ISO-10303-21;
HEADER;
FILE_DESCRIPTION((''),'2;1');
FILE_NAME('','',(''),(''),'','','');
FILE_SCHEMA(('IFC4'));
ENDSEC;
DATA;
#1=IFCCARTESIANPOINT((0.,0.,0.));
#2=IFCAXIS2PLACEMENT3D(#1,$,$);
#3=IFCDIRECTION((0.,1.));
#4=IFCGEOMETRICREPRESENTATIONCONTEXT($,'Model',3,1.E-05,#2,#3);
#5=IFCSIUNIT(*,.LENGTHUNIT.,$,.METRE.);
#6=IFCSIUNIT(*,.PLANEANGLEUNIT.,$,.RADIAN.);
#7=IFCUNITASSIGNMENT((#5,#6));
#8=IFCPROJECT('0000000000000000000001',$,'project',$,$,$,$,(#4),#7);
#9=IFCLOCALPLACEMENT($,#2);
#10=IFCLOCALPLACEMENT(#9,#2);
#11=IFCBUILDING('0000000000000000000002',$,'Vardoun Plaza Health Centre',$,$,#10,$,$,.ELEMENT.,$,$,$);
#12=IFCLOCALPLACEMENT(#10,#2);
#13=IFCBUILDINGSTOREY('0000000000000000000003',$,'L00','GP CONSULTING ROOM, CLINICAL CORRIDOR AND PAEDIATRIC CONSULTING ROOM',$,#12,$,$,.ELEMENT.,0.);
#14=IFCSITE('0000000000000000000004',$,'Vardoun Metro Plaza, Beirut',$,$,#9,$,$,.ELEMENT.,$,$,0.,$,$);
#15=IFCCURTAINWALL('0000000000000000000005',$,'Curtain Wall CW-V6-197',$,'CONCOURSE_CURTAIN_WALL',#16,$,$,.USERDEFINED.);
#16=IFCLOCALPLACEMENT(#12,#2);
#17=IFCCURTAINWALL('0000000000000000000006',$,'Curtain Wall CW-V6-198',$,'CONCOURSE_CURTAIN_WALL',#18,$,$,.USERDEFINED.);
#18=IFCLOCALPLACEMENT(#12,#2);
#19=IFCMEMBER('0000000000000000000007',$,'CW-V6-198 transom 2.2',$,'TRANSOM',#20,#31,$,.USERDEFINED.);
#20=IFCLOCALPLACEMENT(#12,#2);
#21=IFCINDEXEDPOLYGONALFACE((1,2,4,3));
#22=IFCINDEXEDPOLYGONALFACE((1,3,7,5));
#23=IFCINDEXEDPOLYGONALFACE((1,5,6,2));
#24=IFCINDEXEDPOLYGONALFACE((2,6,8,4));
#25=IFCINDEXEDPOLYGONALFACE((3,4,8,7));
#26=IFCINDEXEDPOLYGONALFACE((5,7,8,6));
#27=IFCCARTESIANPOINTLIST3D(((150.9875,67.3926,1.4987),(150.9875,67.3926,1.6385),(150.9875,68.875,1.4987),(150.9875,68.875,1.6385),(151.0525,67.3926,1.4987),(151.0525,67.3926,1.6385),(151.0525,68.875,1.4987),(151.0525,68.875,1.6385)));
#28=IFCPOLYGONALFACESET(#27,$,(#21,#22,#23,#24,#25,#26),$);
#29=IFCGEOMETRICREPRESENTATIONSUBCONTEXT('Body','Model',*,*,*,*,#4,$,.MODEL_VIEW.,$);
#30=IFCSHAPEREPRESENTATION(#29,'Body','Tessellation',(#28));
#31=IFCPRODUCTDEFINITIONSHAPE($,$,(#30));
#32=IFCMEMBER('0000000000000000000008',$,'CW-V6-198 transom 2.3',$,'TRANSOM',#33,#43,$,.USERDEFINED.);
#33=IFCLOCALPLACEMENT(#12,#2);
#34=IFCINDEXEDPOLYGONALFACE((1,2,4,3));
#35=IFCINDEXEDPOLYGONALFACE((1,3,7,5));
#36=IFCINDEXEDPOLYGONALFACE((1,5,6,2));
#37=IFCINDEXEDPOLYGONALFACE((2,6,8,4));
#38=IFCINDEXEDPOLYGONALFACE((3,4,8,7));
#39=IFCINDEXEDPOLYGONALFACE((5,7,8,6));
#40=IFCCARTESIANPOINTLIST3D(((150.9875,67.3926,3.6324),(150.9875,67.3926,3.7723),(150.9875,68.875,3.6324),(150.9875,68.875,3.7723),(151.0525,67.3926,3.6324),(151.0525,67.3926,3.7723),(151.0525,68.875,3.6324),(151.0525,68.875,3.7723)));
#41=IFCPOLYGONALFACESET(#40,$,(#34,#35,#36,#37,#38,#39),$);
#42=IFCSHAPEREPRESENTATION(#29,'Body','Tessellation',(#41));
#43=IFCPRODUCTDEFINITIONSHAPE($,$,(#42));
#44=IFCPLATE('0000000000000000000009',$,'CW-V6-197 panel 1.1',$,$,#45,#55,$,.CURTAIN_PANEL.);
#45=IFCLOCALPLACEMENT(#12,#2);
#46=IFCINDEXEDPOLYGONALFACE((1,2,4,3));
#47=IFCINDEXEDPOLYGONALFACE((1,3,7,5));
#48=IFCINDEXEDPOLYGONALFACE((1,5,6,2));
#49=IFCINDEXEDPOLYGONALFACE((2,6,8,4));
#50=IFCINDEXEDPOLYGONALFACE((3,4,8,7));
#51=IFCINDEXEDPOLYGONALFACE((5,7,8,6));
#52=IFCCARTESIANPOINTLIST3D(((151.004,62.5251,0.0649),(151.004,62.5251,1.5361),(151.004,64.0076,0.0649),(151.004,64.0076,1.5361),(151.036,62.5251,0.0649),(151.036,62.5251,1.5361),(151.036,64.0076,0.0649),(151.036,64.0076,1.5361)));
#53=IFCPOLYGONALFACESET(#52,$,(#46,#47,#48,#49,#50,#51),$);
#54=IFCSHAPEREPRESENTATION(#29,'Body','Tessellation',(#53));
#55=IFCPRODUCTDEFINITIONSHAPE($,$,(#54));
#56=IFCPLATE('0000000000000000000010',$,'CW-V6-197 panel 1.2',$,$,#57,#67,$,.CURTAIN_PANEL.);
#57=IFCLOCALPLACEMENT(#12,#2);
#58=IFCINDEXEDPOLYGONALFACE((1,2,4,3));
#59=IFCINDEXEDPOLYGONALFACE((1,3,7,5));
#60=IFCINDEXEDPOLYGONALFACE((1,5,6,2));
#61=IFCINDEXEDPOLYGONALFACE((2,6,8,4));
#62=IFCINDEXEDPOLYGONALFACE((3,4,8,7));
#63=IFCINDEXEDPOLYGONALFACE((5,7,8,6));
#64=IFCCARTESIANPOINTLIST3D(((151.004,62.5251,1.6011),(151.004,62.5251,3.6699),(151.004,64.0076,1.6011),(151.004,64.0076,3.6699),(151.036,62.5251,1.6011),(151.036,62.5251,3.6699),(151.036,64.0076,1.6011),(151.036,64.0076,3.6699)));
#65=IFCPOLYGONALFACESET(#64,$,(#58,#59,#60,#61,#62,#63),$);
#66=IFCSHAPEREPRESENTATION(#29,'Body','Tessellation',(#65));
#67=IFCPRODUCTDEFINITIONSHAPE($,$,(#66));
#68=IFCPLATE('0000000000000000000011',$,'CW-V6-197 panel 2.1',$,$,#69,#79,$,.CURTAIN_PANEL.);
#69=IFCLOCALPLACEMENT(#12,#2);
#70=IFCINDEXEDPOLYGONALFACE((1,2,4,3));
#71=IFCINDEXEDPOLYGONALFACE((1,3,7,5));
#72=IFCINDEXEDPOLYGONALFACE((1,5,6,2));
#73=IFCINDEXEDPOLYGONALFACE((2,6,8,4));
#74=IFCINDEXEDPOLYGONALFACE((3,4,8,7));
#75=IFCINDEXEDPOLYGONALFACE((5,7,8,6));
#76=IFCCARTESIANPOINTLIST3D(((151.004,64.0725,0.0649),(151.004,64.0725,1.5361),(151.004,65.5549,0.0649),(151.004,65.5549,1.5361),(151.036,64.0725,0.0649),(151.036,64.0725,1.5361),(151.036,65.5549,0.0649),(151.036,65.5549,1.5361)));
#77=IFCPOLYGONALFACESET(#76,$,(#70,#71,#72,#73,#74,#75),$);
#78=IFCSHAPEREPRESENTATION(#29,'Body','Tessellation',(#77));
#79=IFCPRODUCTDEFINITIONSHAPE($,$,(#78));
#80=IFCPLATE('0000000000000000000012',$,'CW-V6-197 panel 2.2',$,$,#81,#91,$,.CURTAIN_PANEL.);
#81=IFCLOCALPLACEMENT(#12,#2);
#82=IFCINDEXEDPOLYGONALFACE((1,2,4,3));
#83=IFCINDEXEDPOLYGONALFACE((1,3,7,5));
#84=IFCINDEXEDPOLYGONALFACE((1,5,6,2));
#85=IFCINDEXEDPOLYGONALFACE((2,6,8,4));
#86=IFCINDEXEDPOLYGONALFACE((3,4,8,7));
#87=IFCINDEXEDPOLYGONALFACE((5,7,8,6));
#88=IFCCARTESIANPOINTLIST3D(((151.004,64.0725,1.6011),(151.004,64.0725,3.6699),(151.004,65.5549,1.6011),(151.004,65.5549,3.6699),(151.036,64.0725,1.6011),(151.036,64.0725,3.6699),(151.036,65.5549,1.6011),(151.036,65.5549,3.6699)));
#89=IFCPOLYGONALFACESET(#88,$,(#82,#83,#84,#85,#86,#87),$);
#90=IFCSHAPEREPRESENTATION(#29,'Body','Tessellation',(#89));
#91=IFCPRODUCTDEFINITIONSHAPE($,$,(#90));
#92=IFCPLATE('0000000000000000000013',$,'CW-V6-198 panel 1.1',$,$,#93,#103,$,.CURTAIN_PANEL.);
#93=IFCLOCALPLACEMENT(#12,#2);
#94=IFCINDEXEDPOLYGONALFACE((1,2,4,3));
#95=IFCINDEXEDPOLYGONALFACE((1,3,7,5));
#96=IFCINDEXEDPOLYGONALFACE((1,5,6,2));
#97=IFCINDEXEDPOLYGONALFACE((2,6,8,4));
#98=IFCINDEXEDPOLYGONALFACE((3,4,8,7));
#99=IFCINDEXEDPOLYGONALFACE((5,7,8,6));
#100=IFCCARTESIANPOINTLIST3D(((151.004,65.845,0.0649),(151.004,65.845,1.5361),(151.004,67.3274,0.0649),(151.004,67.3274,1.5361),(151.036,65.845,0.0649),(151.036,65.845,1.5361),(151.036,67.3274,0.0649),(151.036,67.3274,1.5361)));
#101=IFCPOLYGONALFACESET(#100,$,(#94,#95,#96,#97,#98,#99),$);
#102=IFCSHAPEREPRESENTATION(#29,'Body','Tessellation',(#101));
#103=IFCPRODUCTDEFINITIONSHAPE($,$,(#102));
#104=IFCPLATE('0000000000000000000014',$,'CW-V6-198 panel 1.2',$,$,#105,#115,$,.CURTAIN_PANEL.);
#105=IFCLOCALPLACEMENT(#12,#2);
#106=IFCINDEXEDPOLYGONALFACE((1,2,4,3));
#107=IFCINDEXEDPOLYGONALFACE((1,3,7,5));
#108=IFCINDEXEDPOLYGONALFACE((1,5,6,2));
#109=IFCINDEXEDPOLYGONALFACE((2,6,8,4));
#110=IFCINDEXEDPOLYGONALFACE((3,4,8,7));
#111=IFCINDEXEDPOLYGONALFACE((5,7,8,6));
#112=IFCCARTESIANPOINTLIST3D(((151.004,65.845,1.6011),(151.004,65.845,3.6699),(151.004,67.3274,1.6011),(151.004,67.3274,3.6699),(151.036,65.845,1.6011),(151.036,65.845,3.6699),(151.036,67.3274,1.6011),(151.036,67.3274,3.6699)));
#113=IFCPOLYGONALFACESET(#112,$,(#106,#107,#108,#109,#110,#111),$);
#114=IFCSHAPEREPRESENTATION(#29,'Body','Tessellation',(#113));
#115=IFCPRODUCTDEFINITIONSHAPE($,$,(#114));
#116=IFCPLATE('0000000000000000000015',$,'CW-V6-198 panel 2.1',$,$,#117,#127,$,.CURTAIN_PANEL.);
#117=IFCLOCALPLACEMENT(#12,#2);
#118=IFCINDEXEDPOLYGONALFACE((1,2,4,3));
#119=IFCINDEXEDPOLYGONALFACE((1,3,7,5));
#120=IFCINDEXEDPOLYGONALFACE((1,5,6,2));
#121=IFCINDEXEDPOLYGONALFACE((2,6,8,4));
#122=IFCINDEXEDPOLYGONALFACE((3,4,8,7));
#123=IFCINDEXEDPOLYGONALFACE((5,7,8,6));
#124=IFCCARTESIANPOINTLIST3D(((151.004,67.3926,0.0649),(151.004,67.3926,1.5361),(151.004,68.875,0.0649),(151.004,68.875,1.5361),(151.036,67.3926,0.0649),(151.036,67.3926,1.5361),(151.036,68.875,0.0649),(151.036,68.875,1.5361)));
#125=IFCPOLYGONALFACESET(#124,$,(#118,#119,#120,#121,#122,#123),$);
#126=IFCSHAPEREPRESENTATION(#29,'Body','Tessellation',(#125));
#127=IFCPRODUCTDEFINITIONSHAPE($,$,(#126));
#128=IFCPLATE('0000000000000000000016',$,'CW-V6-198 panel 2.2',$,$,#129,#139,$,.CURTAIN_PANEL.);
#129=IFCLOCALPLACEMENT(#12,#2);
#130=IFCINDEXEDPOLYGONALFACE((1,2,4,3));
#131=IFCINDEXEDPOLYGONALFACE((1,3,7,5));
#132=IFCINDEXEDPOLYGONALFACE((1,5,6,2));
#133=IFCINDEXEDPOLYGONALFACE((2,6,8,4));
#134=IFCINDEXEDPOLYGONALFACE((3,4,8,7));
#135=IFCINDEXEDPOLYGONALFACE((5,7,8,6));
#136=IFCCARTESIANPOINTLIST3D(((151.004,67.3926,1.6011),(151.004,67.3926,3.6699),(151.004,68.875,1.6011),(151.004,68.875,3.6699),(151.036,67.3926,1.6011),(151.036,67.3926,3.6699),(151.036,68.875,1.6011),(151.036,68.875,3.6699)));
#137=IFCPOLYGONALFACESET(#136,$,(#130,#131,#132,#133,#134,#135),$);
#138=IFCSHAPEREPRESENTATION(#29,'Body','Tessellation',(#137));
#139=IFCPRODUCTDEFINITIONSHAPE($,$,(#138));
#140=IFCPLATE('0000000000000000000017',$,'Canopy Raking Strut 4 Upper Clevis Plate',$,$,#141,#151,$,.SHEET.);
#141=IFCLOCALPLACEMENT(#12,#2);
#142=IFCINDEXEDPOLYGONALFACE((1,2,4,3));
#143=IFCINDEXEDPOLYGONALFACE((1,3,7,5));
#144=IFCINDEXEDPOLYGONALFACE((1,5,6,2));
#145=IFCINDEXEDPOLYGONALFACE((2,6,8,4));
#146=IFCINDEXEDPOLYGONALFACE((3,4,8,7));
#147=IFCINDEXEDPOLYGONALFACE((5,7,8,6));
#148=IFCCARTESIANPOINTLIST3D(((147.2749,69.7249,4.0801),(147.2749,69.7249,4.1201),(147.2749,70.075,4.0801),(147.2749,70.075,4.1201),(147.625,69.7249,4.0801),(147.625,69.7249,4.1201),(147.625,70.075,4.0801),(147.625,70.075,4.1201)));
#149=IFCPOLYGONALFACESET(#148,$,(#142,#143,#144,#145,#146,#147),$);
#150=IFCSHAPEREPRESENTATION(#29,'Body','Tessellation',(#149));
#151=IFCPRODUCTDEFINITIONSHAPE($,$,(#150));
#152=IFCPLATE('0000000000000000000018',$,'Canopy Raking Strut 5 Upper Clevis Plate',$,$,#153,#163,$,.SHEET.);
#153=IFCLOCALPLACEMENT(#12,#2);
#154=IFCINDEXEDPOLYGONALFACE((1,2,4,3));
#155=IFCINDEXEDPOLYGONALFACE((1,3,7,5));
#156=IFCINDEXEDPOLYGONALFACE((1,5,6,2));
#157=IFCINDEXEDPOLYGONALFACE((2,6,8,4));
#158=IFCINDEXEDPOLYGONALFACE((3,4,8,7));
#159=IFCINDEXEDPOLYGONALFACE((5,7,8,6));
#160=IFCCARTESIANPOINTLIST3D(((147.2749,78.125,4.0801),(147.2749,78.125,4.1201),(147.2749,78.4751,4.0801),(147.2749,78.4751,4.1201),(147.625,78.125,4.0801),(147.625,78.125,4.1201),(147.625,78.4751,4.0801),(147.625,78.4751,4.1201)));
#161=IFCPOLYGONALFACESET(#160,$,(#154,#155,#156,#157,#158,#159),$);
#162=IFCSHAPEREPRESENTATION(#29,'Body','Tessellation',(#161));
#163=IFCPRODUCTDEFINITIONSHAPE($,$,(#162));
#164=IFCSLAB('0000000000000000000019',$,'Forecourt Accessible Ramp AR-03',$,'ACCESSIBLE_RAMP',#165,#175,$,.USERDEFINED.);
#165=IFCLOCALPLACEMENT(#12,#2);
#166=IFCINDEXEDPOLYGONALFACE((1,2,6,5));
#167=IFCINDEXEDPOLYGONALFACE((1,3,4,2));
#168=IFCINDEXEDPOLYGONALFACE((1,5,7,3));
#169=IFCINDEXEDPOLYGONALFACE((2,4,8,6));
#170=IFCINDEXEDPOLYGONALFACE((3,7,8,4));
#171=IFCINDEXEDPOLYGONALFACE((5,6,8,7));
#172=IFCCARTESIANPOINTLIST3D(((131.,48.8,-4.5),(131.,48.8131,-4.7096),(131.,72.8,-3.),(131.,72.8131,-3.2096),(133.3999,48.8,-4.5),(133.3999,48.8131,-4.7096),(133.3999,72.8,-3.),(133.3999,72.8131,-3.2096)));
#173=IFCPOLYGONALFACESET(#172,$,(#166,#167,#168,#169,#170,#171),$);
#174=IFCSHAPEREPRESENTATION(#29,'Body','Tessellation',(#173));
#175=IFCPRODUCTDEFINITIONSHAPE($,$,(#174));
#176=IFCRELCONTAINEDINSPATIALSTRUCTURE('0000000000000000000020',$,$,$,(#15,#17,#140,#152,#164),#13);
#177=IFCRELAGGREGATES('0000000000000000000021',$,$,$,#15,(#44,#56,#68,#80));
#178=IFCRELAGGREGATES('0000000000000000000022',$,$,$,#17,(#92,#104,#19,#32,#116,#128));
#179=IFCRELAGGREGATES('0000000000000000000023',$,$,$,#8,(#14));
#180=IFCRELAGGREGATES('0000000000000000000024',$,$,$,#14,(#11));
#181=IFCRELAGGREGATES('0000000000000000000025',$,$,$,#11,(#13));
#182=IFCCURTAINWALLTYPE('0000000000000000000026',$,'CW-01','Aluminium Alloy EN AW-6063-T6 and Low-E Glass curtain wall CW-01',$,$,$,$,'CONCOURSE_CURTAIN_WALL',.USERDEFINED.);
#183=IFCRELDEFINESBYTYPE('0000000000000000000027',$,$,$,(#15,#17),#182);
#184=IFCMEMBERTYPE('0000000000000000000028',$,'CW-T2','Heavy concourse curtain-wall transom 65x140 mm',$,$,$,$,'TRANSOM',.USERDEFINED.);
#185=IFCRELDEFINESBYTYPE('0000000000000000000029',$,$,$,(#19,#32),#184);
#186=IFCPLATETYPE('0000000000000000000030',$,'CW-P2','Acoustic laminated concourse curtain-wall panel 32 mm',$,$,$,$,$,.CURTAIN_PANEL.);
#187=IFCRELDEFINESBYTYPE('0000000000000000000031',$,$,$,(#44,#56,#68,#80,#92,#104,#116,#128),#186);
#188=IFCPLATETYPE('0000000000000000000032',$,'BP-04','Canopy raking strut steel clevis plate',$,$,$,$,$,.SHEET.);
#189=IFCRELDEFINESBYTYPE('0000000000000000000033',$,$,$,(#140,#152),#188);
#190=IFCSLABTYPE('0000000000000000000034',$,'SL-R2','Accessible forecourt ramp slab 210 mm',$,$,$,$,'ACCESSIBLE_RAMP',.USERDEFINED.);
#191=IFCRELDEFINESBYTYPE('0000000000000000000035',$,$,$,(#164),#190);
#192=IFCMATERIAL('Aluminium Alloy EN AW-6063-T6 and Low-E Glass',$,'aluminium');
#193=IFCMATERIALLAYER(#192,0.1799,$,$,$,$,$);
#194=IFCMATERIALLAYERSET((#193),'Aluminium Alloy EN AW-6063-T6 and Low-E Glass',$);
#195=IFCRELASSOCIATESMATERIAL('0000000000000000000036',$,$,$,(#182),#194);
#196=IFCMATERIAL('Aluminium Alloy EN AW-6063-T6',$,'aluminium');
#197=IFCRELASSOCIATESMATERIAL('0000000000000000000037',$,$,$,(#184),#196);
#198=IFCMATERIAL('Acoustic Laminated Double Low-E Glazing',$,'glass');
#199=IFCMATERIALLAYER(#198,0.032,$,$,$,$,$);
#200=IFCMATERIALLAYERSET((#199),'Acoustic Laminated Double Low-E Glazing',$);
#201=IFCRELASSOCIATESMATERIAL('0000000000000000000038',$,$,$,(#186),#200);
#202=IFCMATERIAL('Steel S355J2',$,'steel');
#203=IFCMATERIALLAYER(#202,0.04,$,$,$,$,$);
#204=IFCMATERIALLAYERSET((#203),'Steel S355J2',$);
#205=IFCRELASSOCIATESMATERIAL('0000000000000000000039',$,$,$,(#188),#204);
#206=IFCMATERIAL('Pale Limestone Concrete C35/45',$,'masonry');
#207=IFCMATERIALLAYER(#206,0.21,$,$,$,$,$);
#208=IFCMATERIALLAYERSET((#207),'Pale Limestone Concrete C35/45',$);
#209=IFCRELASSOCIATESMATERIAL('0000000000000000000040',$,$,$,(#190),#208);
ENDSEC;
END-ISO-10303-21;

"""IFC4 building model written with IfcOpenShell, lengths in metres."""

from ifc_helpers import new_model, si_unit, direction, frame, origin, origin_2d, place, context, subcontext, project, spatial, polyline, rectangle, outline, extrude, material, layer, layer_set, material_profile, profile_set, type_object, element, aggregate, save


model = new_model("IFC4")

# Units and contexts
model_context = context("Model", 3, precision=1e-05, world=origin(), true_north=direction((0.0, 1.0)))
body_context = subcontext(model_context, "Body", "Model", "MODEL_VIEW")
ifc_project = project(units=[si_unit("LENGTHUNIT", "METRE"), si_unit("PLANEANGLEUNIT", "RADIAN")], contexts=[model_context])

# Site, building, storey
site_placement = place(None, origin())
site = spatial("IfcSite", under=ifc_project, at=site_placement, Name="Vardoun Metro Plaza, Beirut", CompositionType="ELEMENT", RefElevation=0.0)
building_placement = place(site_placement, origin())
building = spatial("IfcBuilding", under=site, at=building_placement, Name="Vardoun Plaza Health Centre", CompositionType="ELEMENT")
storey_placement = place(building_placement, origin())
storey = spatial("IfcBuildingStorey", under=building, at=storey_placement, Name="L00", Description="GP CONSULTING ROOM, CLINICAL CORRIDOR AND PAEDIATRIC CONSULTING ROOM", CompositionType="ELEMENT", Elevation=0.0)

# Curtain walls
ifc_material_1 = material(Name="Aluminium Alloy EN AW-6063-T6 and Low-E Glass", Category="aluminium")
ifc_layer_1 = layer(ifc_material_1, 0.1799)
ifc_layer_set_1 = layer_set([ifc_layer_1], Name="Aluminium Alloy EN AW-6063-T6 and Low-E Glass")
curtain_wall_type = type_object("IfcCurtainWallType", Name="CW-01", Description="Aluminium Alloy EN AW-6063-T6 and Low-E Glass curtain wall CW-01", ElementType="CONCOURSE_CURTAIN_WALL", PredefinedType="USERDEFINED", material=ifc_layer_set_1)
curtain_wall_1_placement = place(storey_placement, origin())
curtain_wall_1 = element("IfcCurtainWall", 1, at=curtain_wall_1_placement, inside=storey, type_object=curtain_wall_type, Name="Curtain Wall CW-V6-197", ObjectType="CONCOURSE_CURTAIN_WALL", PredefinedType="USERDEFINED")
curtain_wall_2_placement = place(storey_placement, origin())
curtain_wall_2 = element("IfcCurtainWall", 2, at=curtain_wall_2_placement, inside=storey, type_object=curtain_wall_type, Name="Curtain Wall CW-V6-198", ObjectType="CONCOURSE_CURTAIN_WALL", PredefinedType="USERDEFINED")

# Members
ifc_material_2 = material(Name="Aluminium Alloy EN AW-6063-T6", Category="aluminium")
ifc_material_profile_1 = material_profile(ifc_material_2, rectangle(XDim=0.0649, YDim=0.1399, at=origin_2d()), Name="CWT 65x140")
ifc_profile_set_1 = profile_set([ifc_material_profile_1], Name="Aluminium Alloy EN AW-6063-T6")
member_type_1 = type_object("IfcMemberType", Name="CW-T2", Description="Heavy concourse curtain-wall transom 65x140 mm", ElementType="TRANSOM", PredefinedType="USERDEFINED", material=ifc_profile_set_1)
member_1_placement = place(storey_placement, frame((151.02, 67.3926, 1.5686), z_axis=(0.0, 1.0, 0.0), x_axis=(-1.0, 0.0, 0.0)))
member_1 = element("IfcMember", 3, at=member_1_placement, type_object=member_type_1, Name="CW-V6-198 transom 2.2", ObjectType="TRANSOM", PredefinedType="USERDEFINED", context=body_context, shape_type="SweptSolid", body=[
    extrude(rectangle(XDim=0.0649, YDim=0.1399, at=origin_2d()), origin(), (0.0, 0.0, 1.0), 1.4824),
])
member_2_placement = place(storey_placement, frame((151.02, 67.3926, 3.7024), z_axis=(0.0, 1.0, 0.0), x_axis=(-1.0, 0.0, 0.0)))
member_2 = element("IfcMember", 4, at=member_2_placement, type_object=member_type_1, Name="CW-V6-198 transom 2.3", ObjectType="TRANSOM", PredefinedType="USERDEFINED", context=body_context, shape_type="SweptSolid", body=[
    extrude(rectangle(XDim=0.0649, YDim=0.1399, at=origin_2d()), origin(), (0.0, 0.0, 1.0), 1.4824),
])

# Plates
ifc_material_3 = material(Name="Acoustic Laminated Double Low-E Glazing", Category="glass")
ifc_layer_2 = layer(ifc_material_3, 0.032)
ifc_layer_set_2 = layer_set([ifc_layer_2], Name="Acoustic Laminated Double Low-E Glazing")
plate_type_1 = type_object("IfcPlateType", Name="CW-P2", Description="Acoustic laminated concourse curtain-wall panel 32 mm", PredefinedType="CURTAIN_PANEL", material=ifc_layer_set_2)
plate_1_placement = place(storey_placement, frame((151.02, 63.2664, 0.0649), z_axis=(0.0, 0.0, 1.0), x_axis=(0.0, 1.0, 0.0)))
plate_1 = element("IfcPlate", 5, at=plate_1_placement, type_object=plate_type_1, Name="CW-V6-197 panel 1.1", PredefinedType="CURTAIN_PANEL", context=body_context, shape_type="SweptSolid", body=[
    extrude(rectangle(XDim=1.4824, YDim=0.032, at=origin_2d()), origin(), (0.0, 0.0, 1.0), 1.4712),
])
plate_2_placement = place(storey_placement, frame((151.02, 63.2664, 1.6011), z_axis=(0.0, 0.0, 1.0), x_axis=(0.0, 1.0, 0.0)))
plate_2 = element("IfcPlate", 6, at=plate_2_placement, type_object=plate_type_1, Name="CW-V6-197 panel 1.2", PredefinedType="CURTAIN_PANEL", context=body_context, shape_type="SweptSolid", body=[
    extrude(rectangle(XDim=1.4824, YDim=0.032, at=origin_2d()), origin(), (0.0, 0.0, 1.0), 2.0688),
])
plate_3_placement = place(storey_placement, frame((151.02, 64.8137, 0.0649), z_axis=(0.0, 0.0, 1.0), x_axis=(0.0, 1.0, 0.0)))
plate_3 = element("IfcPlate", 7, at=plate_3_placement, type_object=plate_type_1, Name="CW-V6-197 panel 2.1", PredefinedType="CURTAIN_PANEL", context=body_context, shape_type="SweptSolid", body=[
    extrude(rectangle(XDim=1.4824, YDim=0.032, at=origin_2d()), origin(), (0.0, 0.0, 1.0), 1.4712),
])
plate_4_placement = place(storey_placement, frame((151.02, 64.8137, 1.6011), z_axis=(0.0, 0.0, 1.0), x_axis=(0.0, 1.0, 0.0)))
plate_4 = element("IfcPlate", 8, at=plate_4_placement, type_object=plate_type_1, Name="CW-V6-197 panel 2.2", PredefinedType="CURTAIN_PANEL", context=body_context, shape_type="SweptSolid", body=[
    extrude(rectangle(XDim=1.4824, YDim=0.032, at=origin_2d()), origin(), (0.0, 0.0, 1.0), 2.0688),
])
aggregate(curtain_wall_1, [plate_1, plate_2, plate_3, plate_4])
plate_5_placement = place(storey_placement, frame((151.02, 66.5862, 0.0649), z_axis=(0.0, 0.0, 1.0), x_axis=(0.0, 1.0, 0.0)))
plate_5 = element("IfcPlate", 9, at=plate_5_placement, type_object=plate_type_1, Name="CW-V6-198 panel 1.1", PredefinedType="CURTAIN_PANEL", context=body_context, shape_type="SweptSolid", body=[
    extrude(rectangle(XDim=1.4824, YDim=0.032, at=origin_2d()), origin(), (0.0, 0.0, 1.0), 1.4712),
])
plate_6_placement = place(storey_placement, frame((151.02, 66.5862, 1.6011), z_axis=(0.0, 0.0, 1.0), x_axis=(0.0, 1.0, 0.0)))
plate_6 = element("IfcPlate", 10, at=plate_6_placement, type_object=plate_type_1, Name="CW-V6-198 panel 1.2", PredefinedType="CURTAIN_PANEL", context=body_context, shape_type="SweptSolid", body=[
    extrude(rectangle(XDim=1.4824, YDim=0.032, at=origin_2d()), origin(), (0.0, 0.0, 1.0), 2.0688),
])
plate_7_placement = place(storey_placement, frame((151.02, 68.1338, 0.0649), z_axis=(0.0, 0.0, 1.0), x_axis=(0.0, 1.0, 0.0)))
plate_7 = element("IfcPlate", 11, at=plate_7_placement, type_object=plate_type_1, Name="CW-V6-198 panel 2.1", PredefinedType="CURTAIN_PANEL", context=body_context, shape_type="SweptSolid", body=[
    extrude(rectangle(XDim=1.4824, YDim=0.032, at=origin_2d()), origin(), (0.0, 0.0, 1.0), 1.4712),
])
plate_8_placement = place(storey_placement, frame((151.02, 68.1338, 1.6011), z_axis=(0.0, 0.0, 1.0), x_axis=(0.0, 1.0, 0.0)))
plate_8 = element("IfcPlate", 12, at=plate_8_placement, type_object=plate_type_1, Name="CW-V6-198 panel 2.2", PredefinedType="CURTAIN_PANEL", context=body_context, shape_type="SweptSolid", body=[
    extrude(rectangle(XDim=1.4824, YDim=0.032, at=origin_2d()), origin(), (0.0, 0.0, 1.0), 2.0688),
])
aggregate(curtain_wall_2, [plate_5, plate_6, member_1, member_2, plate_7, plate_8])

# Plates
ifc_material_4 = material(Name="Steel S355J2", Category="steel")
ifc_layer_3 = layer(ifc_material_4, 0.04)
ifc_layer_set_3 = layer_set([ifc_layer_3], Name="Steel S355J2")
plate_type_2 = type_object("IfcPlateType", Name="BP-04", Description="Canopy raking strut steel clevis plate", PredefinedType="SHEET", material=ifc_layer_set_3)
for number, where, z_axis, x_axis, name in (
    (13, (147.45, 69.8999, 4.0801), (0.0, 0.0, 1.0), (1.0, 0.0, 0.0), "Canopy Raking Strut 4 Upper Clevis Plate"),
    (14, (147.45, 78.3, 4.0801), (0.0, 0.0, 1.0), (1.0, 0.0, 0.0), "Canopy Raking Strut 5 Upper Clevis Plate"),
):
    element("IfcPlate", number, at=place(storey_placement, frame(where, z_axis=z_axis, x_axis=x_axis)), inside=storey, type_object=plate_type_2, Name=name, PredefinedType="SHEET", context=body_context, shape_type="SweptSolid", body=[
        extrude(rectangle(XDim=0.3501, YDim=0.3501, at=origin_2d()), origin(), (0.0, 0.0, 1.0), 0.04),
    ])

# Slab
ifc_material_5 = material(Name="Pale Limestone Concrete C35/45", Category="masonry")
ifc_layer_4 = layer(ifc_material_5, 0.21)
ifc_layer_set_4 = layer_set([ifc_layer_4], Name="Pale Limestone Concrete C35/45")
slab_type = type_object("IfcSlabType", Name="SL-R2", Description="Accessible forecourt ramp slab 210 mm", ElementType="ACCESSIBLE_RAMP", PredefinedType="USERDEFINED", material=ifc_layer_set_4)
slab_placement = place(storey_placement, frame((131.0, 72.8, -3.0), z_axis=(0.0, -0.062378, 0.998053), x_axis=(1.0, 0.0, 0.0)))
element("IfcSlab", 15, at=slab_placement, inside=storey, type_object=slab_type, Name="Forecourt Accessible Ramp AR-03", ObjectType="ACCESSIBLE_RAMP", PredefinedType="USERDEFINED", context=body_context, shape_type="SweptSolid", body=[
    extrude(outline(polyline([(0.0, 0.0), (2.3999, 0.0), (2.3999, -24.0468), (0.0, -24.0468), (0.0, 0.0)])), origin(), (0.0, 0.0, -1.0), 0.21),
])

save(model, "model.ifc")
